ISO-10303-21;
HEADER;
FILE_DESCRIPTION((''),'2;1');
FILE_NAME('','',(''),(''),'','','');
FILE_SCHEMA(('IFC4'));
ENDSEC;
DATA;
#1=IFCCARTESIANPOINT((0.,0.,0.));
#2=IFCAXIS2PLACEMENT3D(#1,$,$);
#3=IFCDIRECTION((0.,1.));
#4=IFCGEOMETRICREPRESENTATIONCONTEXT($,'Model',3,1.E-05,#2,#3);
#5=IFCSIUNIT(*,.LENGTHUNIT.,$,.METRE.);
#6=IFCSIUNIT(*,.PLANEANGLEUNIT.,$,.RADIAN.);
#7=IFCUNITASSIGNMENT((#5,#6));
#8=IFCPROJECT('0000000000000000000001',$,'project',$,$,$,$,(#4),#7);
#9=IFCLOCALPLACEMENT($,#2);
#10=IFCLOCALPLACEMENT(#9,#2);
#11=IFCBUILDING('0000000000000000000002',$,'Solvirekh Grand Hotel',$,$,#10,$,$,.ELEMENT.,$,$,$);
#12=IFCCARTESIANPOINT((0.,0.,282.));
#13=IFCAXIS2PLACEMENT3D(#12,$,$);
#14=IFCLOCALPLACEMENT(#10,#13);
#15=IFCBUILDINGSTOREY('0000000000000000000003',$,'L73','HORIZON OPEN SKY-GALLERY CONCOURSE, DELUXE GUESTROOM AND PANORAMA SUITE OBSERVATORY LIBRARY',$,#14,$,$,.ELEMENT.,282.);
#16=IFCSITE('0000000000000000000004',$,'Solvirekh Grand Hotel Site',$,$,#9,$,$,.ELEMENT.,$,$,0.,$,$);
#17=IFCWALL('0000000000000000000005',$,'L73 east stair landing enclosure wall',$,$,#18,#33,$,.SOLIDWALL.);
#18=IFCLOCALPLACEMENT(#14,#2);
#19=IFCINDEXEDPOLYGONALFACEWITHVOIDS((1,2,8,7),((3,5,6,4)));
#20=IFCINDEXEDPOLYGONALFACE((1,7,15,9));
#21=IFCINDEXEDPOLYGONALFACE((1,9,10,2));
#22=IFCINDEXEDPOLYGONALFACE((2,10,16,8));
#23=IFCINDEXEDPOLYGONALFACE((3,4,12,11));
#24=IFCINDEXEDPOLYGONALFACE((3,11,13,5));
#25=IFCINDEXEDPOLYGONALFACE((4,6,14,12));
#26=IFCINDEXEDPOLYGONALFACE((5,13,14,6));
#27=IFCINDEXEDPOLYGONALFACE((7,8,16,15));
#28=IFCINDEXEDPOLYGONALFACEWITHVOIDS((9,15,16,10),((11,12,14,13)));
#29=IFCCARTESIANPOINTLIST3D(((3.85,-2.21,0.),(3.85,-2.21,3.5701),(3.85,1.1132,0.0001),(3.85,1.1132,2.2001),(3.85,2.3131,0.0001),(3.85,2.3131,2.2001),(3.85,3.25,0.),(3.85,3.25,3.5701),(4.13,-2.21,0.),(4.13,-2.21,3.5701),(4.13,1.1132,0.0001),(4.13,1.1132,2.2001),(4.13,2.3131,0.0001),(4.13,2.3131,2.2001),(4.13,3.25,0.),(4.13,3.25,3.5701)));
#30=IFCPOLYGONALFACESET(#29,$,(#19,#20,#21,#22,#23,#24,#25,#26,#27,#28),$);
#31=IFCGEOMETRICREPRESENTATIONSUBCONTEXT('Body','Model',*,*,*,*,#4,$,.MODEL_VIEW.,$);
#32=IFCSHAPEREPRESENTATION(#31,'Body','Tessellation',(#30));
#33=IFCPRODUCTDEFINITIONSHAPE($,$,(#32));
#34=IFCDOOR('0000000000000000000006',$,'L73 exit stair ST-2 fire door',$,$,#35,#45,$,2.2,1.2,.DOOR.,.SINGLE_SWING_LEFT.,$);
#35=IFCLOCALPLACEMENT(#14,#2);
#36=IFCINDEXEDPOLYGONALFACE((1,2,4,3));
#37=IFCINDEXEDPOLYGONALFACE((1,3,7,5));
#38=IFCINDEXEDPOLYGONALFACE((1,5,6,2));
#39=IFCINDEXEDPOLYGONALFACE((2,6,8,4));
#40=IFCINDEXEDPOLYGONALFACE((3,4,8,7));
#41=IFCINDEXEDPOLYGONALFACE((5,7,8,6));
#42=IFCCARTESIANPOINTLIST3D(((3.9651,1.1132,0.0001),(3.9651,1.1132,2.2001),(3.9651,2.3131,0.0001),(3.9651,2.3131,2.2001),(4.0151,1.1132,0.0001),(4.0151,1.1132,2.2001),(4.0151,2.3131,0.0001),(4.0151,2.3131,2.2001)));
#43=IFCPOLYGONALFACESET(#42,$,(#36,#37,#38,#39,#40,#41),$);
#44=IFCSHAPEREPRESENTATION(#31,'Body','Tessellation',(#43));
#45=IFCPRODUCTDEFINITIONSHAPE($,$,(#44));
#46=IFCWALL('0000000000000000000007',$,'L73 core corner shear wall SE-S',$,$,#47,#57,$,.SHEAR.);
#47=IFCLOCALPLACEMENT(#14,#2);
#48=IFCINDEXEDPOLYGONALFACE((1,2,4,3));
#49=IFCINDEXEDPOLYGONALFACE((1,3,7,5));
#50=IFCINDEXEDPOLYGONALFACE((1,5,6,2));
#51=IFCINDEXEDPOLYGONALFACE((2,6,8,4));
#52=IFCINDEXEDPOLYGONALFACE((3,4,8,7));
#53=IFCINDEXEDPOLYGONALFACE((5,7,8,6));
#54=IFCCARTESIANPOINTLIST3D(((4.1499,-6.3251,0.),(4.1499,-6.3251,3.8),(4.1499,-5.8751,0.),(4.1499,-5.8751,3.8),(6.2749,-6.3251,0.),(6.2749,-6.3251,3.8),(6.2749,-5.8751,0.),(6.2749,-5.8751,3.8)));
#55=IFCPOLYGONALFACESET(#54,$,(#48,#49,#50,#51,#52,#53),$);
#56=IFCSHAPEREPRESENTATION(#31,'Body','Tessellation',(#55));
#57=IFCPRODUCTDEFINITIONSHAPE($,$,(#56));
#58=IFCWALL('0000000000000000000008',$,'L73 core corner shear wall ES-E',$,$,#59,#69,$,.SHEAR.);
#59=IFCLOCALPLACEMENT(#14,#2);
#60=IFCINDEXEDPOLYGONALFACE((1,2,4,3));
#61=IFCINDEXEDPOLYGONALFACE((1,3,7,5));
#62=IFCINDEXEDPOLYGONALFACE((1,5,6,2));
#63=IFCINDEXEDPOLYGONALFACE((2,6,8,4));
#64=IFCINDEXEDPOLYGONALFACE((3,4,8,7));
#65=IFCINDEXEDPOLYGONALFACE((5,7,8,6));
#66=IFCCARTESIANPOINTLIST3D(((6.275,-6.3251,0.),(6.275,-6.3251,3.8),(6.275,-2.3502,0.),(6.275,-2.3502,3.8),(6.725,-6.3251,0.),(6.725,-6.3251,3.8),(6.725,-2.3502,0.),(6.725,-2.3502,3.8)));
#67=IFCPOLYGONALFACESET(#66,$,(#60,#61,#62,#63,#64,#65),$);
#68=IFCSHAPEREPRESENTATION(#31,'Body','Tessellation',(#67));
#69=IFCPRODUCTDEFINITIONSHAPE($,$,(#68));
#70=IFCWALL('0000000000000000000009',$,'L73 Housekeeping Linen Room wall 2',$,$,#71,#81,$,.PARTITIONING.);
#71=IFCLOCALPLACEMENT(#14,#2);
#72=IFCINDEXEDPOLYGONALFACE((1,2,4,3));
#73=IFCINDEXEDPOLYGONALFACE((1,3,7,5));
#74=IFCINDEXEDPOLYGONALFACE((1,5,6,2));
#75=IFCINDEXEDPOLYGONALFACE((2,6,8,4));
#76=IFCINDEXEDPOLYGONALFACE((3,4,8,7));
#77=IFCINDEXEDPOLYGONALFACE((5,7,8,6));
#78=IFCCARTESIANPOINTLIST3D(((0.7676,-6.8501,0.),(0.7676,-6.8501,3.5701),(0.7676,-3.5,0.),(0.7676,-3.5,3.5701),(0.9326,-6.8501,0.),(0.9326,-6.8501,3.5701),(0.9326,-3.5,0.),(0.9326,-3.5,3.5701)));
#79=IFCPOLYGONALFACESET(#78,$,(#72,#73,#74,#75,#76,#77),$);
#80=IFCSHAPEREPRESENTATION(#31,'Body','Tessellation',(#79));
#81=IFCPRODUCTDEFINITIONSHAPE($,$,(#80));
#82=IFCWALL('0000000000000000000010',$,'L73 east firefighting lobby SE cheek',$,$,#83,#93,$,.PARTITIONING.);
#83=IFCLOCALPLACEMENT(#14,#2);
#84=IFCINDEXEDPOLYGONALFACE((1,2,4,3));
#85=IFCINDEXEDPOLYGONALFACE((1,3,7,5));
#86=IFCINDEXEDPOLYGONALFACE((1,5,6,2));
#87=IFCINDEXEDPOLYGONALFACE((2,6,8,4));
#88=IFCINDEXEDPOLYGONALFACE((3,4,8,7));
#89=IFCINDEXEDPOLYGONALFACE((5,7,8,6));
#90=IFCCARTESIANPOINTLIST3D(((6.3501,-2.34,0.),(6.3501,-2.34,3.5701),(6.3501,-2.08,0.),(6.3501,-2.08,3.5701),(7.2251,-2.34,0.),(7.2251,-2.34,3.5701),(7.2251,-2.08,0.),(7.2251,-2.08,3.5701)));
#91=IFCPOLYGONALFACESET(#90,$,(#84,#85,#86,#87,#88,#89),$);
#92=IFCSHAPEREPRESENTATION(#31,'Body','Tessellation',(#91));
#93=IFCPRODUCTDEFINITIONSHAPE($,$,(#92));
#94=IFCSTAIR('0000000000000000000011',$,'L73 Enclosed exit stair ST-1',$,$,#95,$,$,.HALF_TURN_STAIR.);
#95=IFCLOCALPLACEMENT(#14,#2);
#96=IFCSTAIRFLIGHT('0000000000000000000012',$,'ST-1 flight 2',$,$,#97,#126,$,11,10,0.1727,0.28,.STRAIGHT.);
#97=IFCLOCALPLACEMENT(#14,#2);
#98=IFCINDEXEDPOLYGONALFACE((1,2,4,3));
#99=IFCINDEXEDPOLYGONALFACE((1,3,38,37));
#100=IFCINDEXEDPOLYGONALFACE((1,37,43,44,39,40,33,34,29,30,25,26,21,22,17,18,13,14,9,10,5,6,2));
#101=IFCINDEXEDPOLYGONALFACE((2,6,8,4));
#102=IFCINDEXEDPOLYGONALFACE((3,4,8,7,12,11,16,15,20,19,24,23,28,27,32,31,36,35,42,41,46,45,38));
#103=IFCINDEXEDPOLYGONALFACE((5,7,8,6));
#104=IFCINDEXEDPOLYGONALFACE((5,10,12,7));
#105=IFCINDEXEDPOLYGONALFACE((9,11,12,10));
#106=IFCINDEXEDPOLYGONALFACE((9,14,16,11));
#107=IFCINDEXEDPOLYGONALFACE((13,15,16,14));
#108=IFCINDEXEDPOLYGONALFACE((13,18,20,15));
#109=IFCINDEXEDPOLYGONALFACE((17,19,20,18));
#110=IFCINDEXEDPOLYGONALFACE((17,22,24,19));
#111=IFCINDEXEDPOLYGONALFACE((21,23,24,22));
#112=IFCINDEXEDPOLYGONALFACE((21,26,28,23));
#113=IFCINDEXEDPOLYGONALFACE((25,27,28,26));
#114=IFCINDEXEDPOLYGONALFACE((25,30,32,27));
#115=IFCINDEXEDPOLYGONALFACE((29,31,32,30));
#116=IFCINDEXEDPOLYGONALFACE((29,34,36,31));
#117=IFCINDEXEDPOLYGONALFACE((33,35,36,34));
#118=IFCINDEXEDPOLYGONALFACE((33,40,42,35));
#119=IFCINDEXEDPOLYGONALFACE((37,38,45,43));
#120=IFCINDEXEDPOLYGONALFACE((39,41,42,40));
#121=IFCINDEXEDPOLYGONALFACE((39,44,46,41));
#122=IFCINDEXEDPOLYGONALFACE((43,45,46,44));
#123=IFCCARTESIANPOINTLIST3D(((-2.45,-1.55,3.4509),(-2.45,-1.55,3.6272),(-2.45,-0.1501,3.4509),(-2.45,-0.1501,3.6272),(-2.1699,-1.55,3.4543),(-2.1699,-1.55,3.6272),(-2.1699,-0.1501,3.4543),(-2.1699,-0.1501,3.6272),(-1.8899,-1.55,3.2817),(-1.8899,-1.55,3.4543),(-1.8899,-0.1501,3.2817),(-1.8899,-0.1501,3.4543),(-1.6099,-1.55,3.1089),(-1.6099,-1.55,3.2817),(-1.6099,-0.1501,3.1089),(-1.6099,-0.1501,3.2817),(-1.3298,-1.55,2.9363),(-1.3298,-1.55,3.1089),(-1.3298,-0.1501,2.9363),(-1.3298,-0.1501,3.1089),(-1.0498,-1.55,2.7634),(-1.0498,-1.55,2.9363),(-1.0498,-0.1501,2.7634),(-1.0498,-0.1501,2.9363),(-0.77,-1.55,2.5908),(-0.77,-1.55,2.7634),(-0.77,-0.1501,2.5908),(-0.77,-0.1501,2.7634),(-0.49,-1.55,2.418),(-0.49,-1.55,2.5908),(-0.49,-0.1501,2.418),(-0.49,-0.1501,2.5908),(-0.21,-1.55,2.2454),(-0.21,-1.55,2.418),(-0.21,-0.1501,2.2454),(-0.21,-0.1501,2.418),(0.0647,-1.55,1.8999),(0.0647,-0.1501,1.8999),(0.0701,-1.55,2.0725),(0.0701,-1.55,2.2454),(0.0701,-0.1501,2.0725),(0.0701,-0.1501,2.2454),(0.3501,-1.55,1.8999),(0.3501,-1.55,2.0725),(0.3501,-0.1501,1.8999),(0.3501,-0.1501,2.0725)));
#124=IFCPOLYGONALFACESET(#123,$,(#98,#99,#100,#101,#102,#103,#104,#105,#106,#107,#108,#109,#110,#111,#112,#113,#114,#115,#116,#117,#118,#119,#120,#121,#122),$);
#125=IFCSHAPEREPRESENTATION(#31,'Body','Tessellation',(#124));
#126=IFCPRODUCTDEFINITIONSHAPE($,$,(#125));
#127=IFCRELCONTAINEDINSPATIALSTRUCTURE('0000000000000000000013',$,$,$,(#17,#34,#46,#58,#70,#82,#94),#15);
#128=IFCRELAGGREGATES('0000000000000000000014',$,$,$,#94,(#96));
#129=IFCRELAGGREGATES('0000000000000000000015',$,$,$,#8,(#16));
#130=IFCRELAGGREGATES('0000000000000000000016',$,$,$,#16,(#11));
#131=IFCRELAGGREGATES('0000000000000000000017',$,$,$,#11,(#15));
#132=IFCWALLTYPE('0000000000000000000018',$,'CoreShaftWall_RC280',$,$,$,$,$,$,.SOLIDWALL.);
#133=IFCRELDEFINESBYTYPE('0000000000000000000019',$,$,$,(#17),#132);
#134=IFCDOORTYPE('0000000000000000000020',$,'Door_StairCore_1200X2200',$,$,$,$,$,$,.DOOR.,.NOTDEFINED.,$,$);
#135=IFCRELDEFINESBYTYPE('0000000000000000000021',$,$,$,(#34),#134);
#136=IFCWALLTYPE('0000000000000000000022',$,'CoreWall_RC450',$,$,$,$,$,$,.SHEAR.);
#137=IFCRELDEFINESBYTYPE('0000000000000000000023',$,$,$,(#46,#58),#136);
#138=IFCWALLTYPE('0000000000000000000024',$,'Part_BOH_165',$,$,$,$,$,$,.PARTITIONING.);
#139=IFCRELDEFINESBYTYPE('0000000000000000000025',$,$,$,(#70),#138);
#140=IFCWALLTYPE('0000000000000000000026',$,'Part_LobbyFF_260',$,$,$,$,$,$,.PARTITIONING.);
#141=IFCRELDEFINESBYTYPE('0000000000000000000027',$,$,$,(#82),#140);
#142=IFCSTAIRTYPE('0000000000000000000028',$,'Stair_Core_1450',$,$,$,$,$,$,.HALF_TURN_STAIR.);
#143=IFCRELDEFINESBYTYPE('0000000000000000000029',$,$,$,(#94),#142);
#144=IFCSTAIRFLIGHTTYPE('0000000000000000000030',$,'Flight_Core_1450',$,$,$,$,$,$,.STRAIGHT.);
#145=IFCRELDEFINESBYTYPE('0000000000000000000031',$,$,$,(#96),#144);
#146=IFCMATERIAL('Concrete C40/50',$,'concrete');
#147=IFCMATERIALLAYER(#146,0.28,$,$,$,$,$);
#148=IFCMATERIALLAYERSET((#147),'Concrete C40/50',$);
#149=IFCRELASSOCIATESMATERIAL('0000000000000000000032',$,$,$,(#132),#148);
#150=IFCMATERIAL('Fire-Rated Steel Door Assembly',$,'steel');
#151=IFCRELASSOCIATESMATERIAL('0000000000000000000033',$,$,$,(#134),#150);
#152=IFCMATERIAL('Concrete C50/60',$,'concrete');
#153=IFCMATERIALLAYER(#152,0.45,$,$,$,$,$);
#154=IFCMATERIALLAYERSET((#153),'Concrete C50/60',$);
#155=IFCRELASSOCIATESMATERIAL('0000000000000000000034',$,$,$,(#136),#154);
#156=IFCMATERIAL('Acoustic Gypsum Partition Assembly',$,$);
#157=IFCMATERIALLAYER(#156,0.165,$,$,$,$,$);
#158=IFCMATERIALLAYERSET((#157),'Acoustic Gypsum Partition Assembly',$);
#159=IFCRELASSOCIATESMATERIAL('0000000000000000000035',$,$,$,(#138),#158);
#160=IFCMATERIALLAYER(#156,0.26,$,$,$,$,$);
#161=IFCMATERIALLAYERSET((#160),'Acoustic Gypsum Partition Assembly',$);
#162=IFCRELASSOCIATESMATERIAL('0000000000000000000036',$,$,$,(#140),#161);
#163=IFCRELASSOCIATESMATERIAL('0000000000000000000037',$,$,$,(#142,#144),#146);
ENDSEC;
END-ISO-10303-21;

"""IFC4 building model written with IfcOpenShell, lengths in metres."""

from ifc_helpers import new_model, si_unit, direction, frame, frame_2d, origin, place, context, subcontext, project, spatial, polyline, rectangle, outline, extrude, material, layer, layer_set, type_object, element, fill, aggregate, save


model = new_model("IFC4")

# Units and contexts
model_context = context("Model", 3, precision=1e-05, world=origin(), true_north=direction((0.0, 1.0)))
body_context = subcontext(model_context, "Body", "Model", "MODEL_VIEW")
ifc_project = project(units=[si_unit("LENGTHUNIT", "METRE"), si_unit("PLANEANGLEUNIT", "RADIAN")], contexts=[model_context])

# Site, building, storey
site_placement = place(None, origin())
site = spatial("IfcSite", under=ifc_project, at=site_placement, Name="Solvirekh Grand Hotel Site", CompositionType="ELEMENT", RefElevation=0.0)
building_placement = place(site_placement, origin())
building = spatial("IfcBuilding", under=site, at=building_placement, Name="Solvirekh Grand Hotel", CompositionType="ELEMENT")
storey_placement = place(building_placement, frame((0.0, 0.0, 282.0)))
storey = spatial("IfcBuildingStorey", under=building, at=storey_placement, Name="L73", Description="HORIZON OPEN SKY-GALLERY CONCOURSE, DELUXE GUESTROOM AND PANORAMA SUITE OBSERVATORY LIBRARY", CompositionType="ELEMENT", Elevation=282.0)

# Shared definitions
ifc_material_1 = material(Name="Concrete C50/60", Category="concrete")

# Shared definitions
ifc_material_2 = material(Name="Concrete C40/50", Category="concrete")

# Shared definitions
ifc_layer_1 = layer(ifc_material_2, 0.28)
ifc_layer_set_1 = layer_set([ifc_layer_1], Name="Concrete C40/50")
wall_type_1 = type_object("IfcWallType", Name="CoreShaftWall_RC280", PredefinedType="SOLIDWALL", material=ifc_layer_set_1)

# Shared definitions
ifc_material_3 = material(Name="Fire-Rated Steel Door Assembly", Category="steel")

# Wall, opening, door
wall_1_placement = place(storey_placement, frame((3.99, -2.21, 0.0), z_axis=(0.0, 0.0, 1.0), x_axis=(0.0, 1.0, 0.0)))
wall_1 = element("IfcWall", 1, at=wall_1_placement, inside=storey, type_object=wall_type_1, Name="L73 east stair landing enclosure wall", PredefinedType="SOLIDWALL", context=body_context, shape_type="SweptSolid", body=[
    extrude(rectangle(XDim=5.46, YDim=0.28, at=frame_2d((2.73, 0.0))), origin(), (0.0, 0.0, 1.0), 3.5701),
])
opening_1_placement = place(wall_1_placement, frame((3.323, 0.0, 0.0)))
opening_1 = element("IfcOpeningElement", 2, at=opening_1_placement, cuts=wall_1, PredefinedType="OPENING", context=body_context, shape_type="SweptSolid", body=[
    extrude(rectangle(XDim=1.2, YDim=2.2, at=frame_2d((0.6001, 1.1001))), frame((0.0, 0.1499, 0.0), z_axis=(0.0, -1.0, 0.0), x_axis=(1.0, 0.0, 0.0)), (0.0, 0.0, 1.0), 0.3),
])
door_type_1 = type_object("IfcDoorType", Name="Door_StairCore_1200X2200", OperationType="NOTDEFINED", PredefinedType="DOOR", material=ifc_material_3)
door_1_placement = place(opening_1_placement, origin())
door_1 = element("IfcDoor", 3, at=door_1_placement, inside=storey, type_object=door_type_1, Name="L73 exit stair ST-2 fire door", OperationType="SINGLE_SWING_LEFT", OverallHeight=2.2, OverallWidth=1.2, PredefinedType="DOOR", context=body_context, shape_type="SweptSolid", body=[
    extrude(rectangle(XDim=1.2, YDim=2.2, at=frame_2d((0.6001, 1.1001))), frame((0.0, 0.0249, 0.0), z_axis=(0.0, -1.0, 0.0), x_axis=(1.0, 0.0, 0.0)), (0.0, 0.0, 1.0), 0.05),
])
fill(opening_1, door_1)

# Walls
ifc_layer_2 = layer(ifc_material_1, 0.45)
ifc_layer_set_2 = layer_set([ifc_layer_2], Name="Concrete C50/60")
wall_type_2 = type_object("IfcWallType", Name="CoreWall_RC450", PredefinedType="SHEAR", material=ifc_layer_set_2)
wall_2_placement = place(storey_placement, frame((4.1499, -6.1001, 0.0), z_axis=(0.0, 0.0, 1.0), x_axis=(1.0, 0.0, 0.0)))
element("IfcWall", 4, at=wall_2_placement, inside=storey, type_object=wall_type_2, Name="L73 core corner shear wall SE-S", PredefinedType="SHEAR", context=body_context, shape_type="SweptSolid", body=[
    extrude(rectangle(XDim=2.125, YDim=0.45, at=frame_2d((1.0625, 0.0))), origin(), (0.0, 0.0, 1.0), 3.8),
])
wall_3_placement = place(storey_placement, frame((6.5, -6.325, 0.0), z_axis=(0.0, 0.0, 1.0), x_axis=(0.0, 1.0, 0.0)))
element("IfcWall", 5, at=wall_3_placement, inside=storey, type_object=wall_type_2, Name="L73 core corner shear wall ES-E", PredefinedType="SHEAR", context=body_context, shape_type="SweptSolid", body=[
    extrude(rectangle(XDim=3.9749, YDim=0.45, at=frame_2d((1.9873, 0.0))), origin(), (0.0, 0.0, 1.0), 3.8),
])
ifc_material_4 = material(Name="Acoustic Gypsum Partition Assembly")
ifc_layer_3 = layer(ifc_material_4, 0.165)
ifc_layer_set_3 = layer_set([ifc_layer_3], Name="Acoustic Gypsum Partition Assembly")
wall_type_3 = type_object("IfcWallType", Name="Part_BOH_165", PredefinedType="PARTITIONING", material=ifc_layer_set_3)
wall_4_placement = place(storey_placement, frame((0.8501, -6.8501, 0.0), z_axis=(0.0, 0.0, 1.0), x_axis=(0.0, 1.0, 0.0)))
element("IfcWall", 6, at=wall_4_placement, inside=storey, type_object=wall_type_3, Name="L73 Housekeeping Linen Room wall 2", PredefinedType="PARTITIONING", context=body_context, shape_type="SweptSolid", body=[
    extrude(rectangle(XDim=3.3501, YDim=0.165, at=frame_2d((1.675, 0.0))), origin(), (0.0, 0.0, 1.0), 3.5701),
])

# Wall
ifc_layer_4 = layer(ifc_material_4, 0.26)
ifc_layer_set_4 = layer_set([ifc_layer_4], Name="Acoustic Gypsum Partition Assembly")
wall_type_4 = type_object("IfcWallType", Name="Part_LobbyFF_260", PredefinedType="PARTITIONING", material=ifc_layer_set_4)
wall_5_placement = place(storey_placement, frame((6.3501, -2.21, 0.0), z_axis=(0.0, 0.0, 1.0), x_axis=(1.0, 0.0, 0.0)))
element("IfcWall", 7, at=wall_5_placement, inside=storey, type_object=wall_type_4, Name="L73 east firefighting lobby SE cheek", PredefinedType="PARTITIONING", context=body_context, shape_type="SweptSolid", body=[
    extrude(rectangle(XDim=0.875, YDim=0.26, at=frame_2d((0.4375, 0.0))), origin(), (0.0, 0.0, 1.0), 3.5701),
])

# Stair, stair flight
stair_type = type_object("IfcStairType", Name="Stair_Core_1450", PredefinedType="HALF_TURN_STAIR", material=ifc_material_2)
stair_placement = place(storey_placement, origin())
stair = element("IfcStair", 8, at=stair_placement, inside=storey, type_object=stair_type, Name="L73 Enclosed exit stair ST-1", PredefinedType="HALF_TURN_STAIR")
stair_flight_type = type_object("IfcStairFlightType", Name="Flight_Core_1450", PredefinedType="STRAIGHT", material=ifc_material_2)
stair_flight_placement = place(storey_placement, frame((0.3501, -0.8501, 1.8999), z_axis=(0.0, 0.0, 1.0), x_axis=(-1.0, 0.0, 0.0)))
stair_flight = element("IfcStairFlight", 9, at=stair_flight_placement, type_object=stair_flight_type, Name="ST-1 flight 2", NumberOfRisers=11, NumberOfTreads=10, PredefinedType="STRAIGHT", RiserHeight=0.1727, TreadLength=0.28, context=body_context, shape_type="SweptSolid", body=[
    extrude(outline(polyline([(0.0, 0.0), (0.0, 0.1726), (0.28, 0.1726), (0.28, 0.3455), (0.5601, 0.3455), (0.5601, 0.5181), (0.8401, 0.5181), (0.8401, 0.6909), (1.1201, 0.6909), (1.1201, 0.8635), (1.3999, 0.8635), (1.3999, 1.0364), (1.6799, 1.0364), (1.6799, 1.209), (1.96, 1.209), (1.96, 1.3818), (2.24, 1.3818), (2.24, 1.5544), (2.52, 1.5544), (2.52, 1.7273), (2.8, 1.7273), (2.8, 1.8999), (2.8, 1.551), (0.2854, 0.0), (0.0, 0.0)])), frame((0.0, 0.7, 0.0), z_axis=(0.0, -1.0, 0.0), x_axis=(1.0, 0.0, 0.0)), (0.0, 0.0, 1.0), 1.3999),
])
aggregate(stair, [stair_flight])

save(model, "model.ifc")
